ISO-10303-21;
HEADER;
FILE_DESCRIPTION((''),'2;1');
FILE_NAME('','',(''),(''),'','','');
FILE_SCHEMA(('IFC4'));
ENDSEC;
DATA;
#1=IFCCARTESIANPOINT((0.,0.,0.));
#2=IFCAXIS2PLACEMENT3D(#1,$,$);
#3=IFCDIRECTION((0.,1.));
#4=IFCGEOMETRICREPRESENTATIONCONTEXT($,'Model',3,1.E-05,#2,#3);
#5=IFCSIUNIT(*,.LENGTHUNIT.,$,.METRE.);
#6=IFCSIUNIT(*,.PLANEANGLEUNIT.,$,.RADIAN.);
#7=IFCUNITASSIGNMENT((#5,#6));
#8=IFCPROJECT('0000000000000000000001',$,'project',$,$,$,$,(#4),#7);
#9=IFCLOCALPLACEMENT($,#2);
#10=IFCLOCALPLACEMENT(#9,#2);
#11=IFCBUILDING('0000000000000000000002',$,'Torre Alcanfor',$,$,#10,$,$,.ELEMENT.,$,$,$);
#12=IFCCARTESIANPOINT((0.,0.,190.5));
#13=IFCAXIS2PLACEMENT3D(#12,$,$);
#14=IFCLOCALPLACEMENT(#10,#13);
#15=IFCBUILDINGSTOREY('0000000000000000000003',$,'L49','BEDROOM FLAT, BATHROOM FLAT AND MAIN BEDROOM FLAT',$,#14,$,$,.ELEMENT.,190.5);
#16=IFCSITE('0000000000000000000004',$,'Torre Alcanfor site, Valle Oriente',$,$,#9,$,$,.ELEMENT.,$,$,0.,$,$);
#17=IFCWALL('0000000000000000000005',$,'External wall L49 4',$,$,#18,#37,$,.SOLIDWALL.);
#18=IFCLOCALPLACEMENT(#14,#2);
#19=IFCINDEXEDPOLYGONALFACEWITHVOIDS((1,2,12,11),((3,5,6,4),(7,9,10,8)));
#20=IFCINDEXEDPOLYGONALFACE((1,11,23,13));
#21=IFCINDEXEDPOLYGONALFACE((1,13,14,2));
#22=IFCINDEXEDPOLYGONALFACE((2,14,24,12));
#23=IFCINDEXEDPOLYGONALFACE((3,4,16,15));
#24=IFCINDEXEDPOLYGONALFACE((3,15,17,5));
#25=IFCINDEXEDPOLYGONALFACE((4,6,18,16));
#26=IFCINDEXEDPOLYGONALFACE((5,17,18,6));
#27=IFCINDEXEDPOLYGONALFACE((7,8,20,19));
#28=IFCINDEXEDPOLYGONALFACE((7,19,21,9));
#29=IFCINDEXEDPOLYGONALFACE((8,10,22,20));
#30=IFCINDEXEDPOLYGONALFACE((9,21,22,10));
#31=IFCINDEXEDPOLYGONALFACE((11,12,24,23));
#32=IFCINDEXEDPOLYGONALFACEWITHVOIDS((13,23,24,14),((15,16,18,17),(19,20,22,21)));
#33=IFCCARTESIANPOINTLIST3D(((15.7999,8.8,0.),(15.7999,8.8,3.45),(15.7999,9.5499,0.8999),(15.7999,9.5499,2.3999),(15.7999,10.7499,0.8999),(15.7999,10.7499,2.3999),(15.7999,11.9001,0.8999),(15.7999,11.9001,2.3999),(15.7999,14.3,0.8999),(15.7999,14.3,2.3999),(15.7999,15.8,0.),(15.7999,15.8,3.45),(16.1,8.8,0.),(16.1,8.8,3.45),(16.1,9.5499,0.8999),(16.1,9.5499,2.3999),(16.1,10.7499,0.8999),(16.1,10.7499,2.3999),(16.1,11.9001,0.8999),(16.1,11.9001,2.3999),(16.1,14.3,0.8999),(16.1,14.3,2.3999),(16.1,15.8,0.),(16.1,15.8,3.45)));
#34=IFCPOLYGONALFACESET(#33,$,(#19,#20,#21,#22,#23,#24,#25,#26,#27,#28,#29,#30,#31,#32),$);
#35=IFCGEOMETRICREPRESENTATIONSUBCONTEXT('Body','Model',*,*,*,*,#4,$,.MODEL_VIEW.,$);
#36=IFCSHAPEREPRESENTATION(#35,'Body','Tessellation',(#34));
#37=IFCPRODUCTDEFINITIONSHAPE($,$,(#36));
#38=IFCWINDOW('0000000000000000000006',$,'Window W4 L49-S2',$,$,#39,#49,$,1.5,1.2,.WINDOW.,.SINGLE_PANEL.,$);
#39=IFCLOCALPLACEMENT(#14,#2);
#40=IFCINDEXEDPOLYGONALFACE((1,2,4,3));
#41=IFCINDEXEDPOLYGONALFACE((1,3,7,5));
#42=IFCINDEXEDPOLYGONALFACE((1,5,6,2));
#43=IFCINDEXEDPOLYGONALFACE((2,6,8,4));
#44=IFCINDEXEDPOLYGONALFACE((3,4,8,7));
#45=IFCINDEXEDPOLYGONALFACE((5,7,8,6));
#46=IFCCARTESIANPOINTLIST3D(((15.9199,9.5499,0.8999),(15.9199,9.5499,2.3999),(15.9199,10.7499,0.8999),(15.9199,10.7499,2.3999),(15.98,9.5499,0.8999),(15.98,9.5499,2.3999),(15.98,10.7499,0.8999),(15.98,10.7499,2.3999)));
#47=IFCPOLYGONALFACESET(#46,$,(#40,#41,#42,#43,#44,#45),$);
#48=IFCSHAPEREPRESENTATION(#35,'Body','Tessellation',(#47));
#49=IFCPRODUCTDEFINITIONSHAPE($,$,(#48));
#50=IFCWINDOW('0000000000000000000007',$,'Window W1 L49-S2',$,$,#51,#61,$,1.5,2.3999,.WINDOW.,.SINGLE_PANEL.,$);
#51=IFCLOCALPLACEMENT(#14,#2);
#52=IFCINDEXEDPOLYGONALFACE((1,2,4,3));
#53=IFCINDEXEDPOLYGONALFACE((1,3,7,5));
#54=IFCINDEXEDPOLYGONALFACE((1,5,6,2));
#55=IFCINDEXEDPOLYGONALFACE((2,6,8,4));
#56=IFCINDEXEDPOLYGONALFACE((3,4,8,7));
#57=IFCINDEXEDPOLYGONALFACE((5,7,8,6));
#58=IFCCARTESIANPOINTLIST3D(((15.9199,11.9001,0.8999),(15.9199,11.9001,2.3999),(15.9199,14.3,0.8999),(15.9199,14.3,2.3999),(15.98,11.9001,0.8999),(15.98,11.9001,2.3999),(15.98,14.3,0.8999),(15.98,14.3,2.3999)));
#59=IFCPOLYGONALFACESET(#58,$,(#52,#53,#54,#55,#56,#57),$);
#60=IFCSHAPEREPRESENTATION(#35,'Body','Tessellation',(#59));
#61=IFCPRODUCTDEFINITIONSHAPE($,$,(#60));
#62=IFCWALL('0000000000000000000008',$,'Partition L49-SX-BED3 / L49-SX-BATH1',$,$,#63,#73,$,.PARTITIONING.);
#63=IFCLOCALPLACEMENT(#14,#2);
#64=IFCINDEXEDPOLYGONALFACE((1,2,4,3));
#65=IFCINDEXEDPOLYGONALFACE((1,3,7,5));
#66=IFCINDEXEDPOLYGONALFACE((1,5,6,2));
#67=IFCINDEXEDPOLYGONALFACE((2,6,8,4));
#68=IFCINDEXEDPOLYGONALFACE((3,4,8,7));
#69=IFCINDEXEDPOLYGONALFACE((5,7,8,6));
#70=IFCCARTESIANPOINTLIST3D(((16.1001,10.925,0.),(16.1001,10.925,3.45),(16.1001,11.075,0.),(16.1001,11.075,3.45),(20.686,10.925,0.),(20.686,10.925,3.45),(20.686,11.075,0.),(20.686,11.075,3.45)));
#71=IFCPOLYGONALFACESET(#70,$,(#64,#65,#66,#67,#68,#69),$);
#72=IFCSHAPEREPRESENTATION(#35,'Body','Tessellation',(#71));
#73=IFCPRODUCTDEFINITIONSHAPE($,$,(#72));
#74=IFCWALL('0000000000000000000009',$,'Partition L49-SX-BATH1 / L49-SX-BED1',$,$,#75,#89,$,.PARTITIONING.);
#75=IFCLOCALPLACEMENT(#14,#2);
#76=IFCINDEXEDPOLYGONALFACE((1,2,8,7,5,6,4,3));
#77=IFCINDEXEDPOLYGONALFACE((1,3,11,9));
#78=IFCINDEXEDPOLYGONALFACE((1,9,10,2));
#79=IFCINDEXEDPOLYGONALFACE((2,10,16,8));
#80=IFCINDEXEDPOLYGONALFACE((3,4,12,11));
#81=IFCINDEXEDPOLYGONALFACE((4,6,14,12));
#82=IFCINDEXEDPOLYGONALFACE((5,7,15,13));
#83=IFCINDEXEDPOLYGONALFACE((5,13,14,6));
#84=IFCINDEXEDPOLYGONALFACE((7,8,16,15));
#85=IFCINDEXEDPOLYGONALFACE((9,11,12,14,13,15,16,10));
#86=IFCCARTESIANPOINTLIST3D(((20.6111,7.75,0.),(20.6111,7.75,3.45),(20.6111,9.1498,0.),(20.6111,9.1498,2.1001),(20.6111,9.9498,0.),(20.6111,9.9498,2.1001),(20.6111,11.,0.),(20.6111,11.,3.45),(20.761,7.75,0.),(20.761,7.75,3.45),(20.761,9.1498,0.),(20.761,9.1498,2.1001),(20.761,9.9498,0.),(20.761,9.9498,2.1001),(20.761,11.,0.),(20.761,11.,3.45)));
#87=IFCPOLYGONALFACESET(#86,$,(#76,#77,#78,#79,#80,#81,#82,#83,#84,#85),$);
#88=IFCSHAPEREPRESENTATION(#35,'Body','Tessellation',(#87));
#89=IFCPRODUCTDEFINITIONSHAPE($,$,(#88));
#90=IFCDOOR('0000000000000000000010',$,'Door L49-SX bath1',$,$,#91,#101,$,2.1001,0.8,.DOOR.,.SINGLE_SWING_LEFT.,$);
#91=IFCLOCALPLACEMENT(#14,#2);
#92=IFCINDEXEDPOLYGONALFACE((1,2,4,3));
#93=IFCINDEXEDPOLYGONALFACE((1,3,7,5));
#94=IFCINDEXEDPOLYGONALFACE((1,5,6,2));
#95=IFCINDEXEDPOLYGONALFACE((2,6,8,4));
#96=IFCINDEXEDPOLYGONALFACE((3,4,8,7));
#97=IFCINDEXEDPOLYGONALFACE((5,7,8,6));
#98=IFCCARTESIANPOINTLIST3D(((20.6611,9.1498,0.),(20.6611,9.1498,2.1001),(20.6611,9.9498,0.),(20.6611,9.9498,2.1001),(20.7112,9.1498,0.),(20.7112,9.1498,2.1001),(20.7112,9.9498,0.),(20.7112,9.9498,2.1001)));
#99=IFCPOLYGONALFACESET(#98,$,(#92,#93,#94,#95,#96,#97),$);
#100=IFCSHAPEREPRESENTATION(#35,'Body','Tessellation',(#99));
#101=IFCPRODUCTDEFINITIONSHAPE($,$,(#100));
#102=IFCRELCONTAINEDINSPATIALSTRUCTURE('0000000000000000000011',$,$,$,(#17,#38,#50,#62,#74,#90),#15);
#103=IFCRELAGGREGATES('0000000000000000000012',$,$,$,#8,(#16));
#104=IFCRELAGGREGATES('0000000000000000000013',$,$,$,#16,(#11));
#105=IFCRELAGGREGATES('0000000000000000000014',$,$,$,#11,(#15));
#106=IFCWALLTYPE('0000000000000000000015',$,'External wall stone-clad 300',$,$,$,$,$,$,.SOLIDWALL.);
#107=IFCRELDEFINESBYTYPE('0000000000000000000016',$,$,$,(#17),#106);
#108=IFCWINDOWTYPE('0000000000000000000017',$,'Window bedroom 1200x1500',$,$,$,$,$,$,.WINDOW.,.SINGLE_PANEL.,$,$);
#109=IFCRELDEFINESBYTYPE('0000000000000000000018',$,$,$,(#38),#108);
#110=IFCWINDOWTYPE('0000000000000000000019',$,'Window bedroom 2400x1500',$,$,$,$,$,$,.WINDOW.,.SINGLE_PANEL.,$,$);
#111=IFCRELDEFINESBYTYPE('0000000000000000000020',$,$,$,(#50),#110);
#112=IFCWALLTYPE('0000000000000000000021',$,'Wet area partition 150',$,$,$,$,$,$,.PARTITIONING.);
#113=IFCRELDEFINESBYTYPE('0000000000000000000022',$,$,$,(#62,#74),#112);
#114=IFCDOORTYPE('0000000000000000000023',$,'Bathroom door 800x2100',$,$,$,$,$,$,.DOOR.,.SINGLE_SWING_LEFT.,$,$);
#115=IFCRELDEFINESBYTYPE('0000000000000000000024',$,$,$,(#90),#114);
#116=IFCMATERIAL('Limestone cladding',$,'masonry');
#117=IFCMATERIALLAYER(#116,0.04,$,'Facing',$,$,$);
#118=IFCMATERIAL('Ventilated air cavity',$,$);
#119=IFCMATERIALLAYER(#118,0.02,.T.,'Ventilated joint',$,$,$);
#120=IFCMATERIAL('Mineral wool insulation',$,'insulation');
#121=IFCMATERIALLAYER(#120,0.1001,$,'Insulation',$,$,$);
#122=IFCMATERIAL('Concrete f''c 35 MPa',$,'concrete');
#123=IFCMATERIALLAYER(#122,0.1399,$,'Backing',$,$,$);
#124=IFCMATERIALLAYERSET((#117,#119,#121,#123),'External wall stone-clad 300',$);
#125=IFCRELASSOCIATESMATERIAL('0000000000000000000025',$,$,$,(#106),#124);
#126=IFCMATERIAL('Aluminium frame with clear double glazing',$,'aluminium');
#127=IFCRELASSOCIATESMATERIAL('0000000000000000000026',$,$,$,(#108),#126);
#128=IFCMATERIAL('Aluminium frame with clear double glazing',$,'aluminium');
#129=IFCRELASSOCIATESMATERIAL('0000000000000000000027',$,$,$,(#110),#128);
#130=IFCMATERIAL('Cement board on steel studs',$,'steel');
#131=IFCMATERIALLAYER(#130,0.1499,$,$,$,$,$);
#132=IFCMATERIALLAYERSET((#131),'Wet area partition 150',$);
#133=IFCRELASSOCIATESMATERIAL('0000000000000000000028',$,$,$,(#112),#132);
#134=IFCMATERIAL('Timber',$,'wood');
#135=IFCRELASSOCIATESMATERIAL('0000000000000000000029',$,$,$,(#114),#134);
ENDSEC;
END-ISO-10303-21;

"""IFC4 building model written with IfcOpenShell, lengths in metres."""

from ifc_helpers import new_model, si_unit, direction, frame, frame_2d, origin, place, context, subcontext, project, spatial, rectangle, extrude, material, layer, layer_set, type_object, element, fill, save


model = new_model("IFC4")

# Units and contexts
model_context = context("Model", 3, precision=1e-05, world=origin(), true_north=direction((0.0, 1.0)))
body_context = subcontext(model_context, "Body", "Model", "MODEL_VIEW")
ifc_project = project(units=[si_unit("LENGTHUNIT", "METRE"), si_unit("PLANEANGLEUNIT", "RADIAN")], contexts=[model_context])

# Site, building, storey
site_placement = place(None, origin())
site = spatial("IfcSite", under=ifc_project, at=site_placement, Name="Torre Alcanfor site, Valle Oriente", CompositionType="ELEMENT", RefElevation=0.0)
building_placement = place(site_placement, origin())
building = spatial("IfcBuilding", under=site, at=building_placement, Name="Torre Alcanfor", CompositionType="ELEMENT")
storey_placement = place(building_placement, frame((0.0, 0.0, 190.5)))
storey = spatial("IfcBuildingStorey", under=building, at=storey_placement, Name="L49", Description="BEDROOM FLAT, BATHROOM FLAT AND MAIN BEDROOM FLAT", CompositionType="ELEMENT", Elevation=190.5)

# Wall, openings, windows
ifc_material_1 = material(Name="Limestone cladding", Category="masonry")
ifc_layer_1 = layer(ifc_material_1, 0.04, Name="Facing")
ifc_material_2 = material(Name="Ventilated air cavity")
ifc_layer_2 = layer(ifc_material_2, 0.02, ventilated=True, Name="Ventilated joint")
ifc_material_3 = material(Name="Mineral wool insulation", Category="insulation")
ifc_layer_3 = layer(ifc_material_3, 0.1001, Name="Insulation")
ifc_material_4 = material(Name="Concrete f'c 35 MPa", Category="concrete")
ifc_layer_4 = layer(ifc_material_4, 0.1399, Name="Backing")
ifc_layer_set_1 = layer_set([ifc_layer_1, ifc_layer_2, ifc_layer_3, ifc_layer_4], Name="External wall stone-clad 300")
wall_type_1 = type_object("IfcWallType", Name="External wall stone-clad 300", PredefinedType="SOLIDWALL", material=ifc_layer_set_1)
wall_1_placement = place(storey_placement, frame((15.95, 15.8, 0.0), z_axis=(0.0, 0.0, 1.0), x_axis=(0.0, -1.0, 0.0)))
wall_1 = element("IfcWall", 1, at=wall_1_placement, inside=storey, type_object=wall_type_1, Name="External wall L49 4", PredefinedType="SOLIDWALL", context=body_context, shape_type="SweptSolid", body=[
    extrude(rectangle(XDim=7.0, YDim=0.3, at=frame_2d((3.5, 0.0))), origin(), (0.0, 0.0, 1.0), 3.45),
])
opening_1_placement = place(wall_1_placement, frame((1.5, 0.0, 0.8999)))
opening_1 = element("IfcOpeningElement", 2, at=opening_1_placement, cuts=wall_1, PredefinedType="OPENING", context=body_context, shape_type="SweptSolid", body=[
    extrude(rectangle(XDim=2.3999, YDim=1.5, at=frame_2d((1.2, 0.75))), frame((0.0, 0.1599, 0.0), z_axis=(0.0, -1.0, 0.0), x_axis=(1.0, 0.0, 0.0)), (0.0, 0.0, 1.0), 0.3201),
])
opening_2_placement = place(wall_1_placement, frame((5.05, 0.0, 0.8999)))
opening_2 = element("IfcOpeningElement", 3, at=opening_2_placement, cuts=wall_1, PredefinedType="OPENING", context=body_context, shape_type="SweptSolid", body=[
    extrude(rectangle(XDim=1.2, YDim=1.5, at=frame_2d((0.6001, 0.75))), frame((0.0, 0.1599, 0.0), z_axis=(0.0, -1.0, 0.0), x_axis=(1.0, 0.0, 0.0)), (0.0, 0.0, 1.0), 0.3201),
])
ifc_material_5 = material(Name="Aluminium frame with clear double glazing", Category="aluminium")
window_type_1 = type_object("IfcWindowType", Name="Window bedroom 1200x1500", PartitioningType="SINGLE_PANEL", PredefinedType="WINDOW", material=ifc_material_5)
window_1_placement = place(opening_2_placement, origin())
window_1 = element("IfcWindow", 4, at=window_1_placement, inside=storey, type_object=window_type_1, Name="Window W4 L49-S2", OverallHeight=1.5, OverallWidth=1.2, PartitioningType="SINGLE_PANEL", PredefinedType="WINDOW", context=body_context, shape_type="SweptSolid", body=[
    extrude(rectangle(XDim=1.2, YDim=1.5, at=frame_2d((0.6001, 0.75))), frame((0.0, 0.03, 0.0), z_axis=(0.0, -1.0, 0.0), x_axis=(1.0, 0.0, 0.0)), (0.0, 0.0, 1.0), 0.0601),
])
fill(opening_2, window_1)
ifc_material_6 = material(Name="Aluminium frame with clear double glazing", Category="aluminium")
window_type_2 = type_object("IfcWindowType", Name="Window bedroom 2400x1500", PartitioningType="SINGLE_PANEL", PredefinedType="WINDOW", material=ifc_material_6)
window_2_placement = place(opening_1_placement, origin())
window_2 = element("IfcWindow", 5, at=window_2_placement, inside=storey, type_object=window_type_2, Name="Window W1 L49-S2", OverallHeight=1.5, OverallWidth=2.3999, PartitioningType="SINGLE_PANEL", PredefinedType="WINDOW", context=body_context, shape_type="SweptSolid", body=[
    extrude(rectangle(XDim=2.3999, YDim=1.5, at=frame_2d((1.2, 0.75))), frame((0.0, 0.03, 0.0), z_axis=(0.0, -1.0, 0.0), x_axis=(1.0, 0.0, 0.0)), (0.0, 0.0, 1.0), 0.0601),
])
fill(opening_1, window_2)

# Wall
ifc_material_7 = material(Name="Cement board on steel studs", Category="steel")
ifc_layer_5 = layer(ifc_material_7, 0.1499)
ifc_layer_set_2 = layer_set([ifc_layer_5], Name="Wet area partition 150")
wall_type_2 = type_object("IfcWallType", Name="Wet area partition 150", PredefinedType="PARTITIONING", material=ifc_layer_set_2)
wall_2_placement = place(storey_placement, frame((16.1001, 11.0, 0.0), z_axis=(0.0, 0.0, 1.0), x_axis=(1.0, 0.0, 0.0)))
element("IfcWall", 6, at=wall_2_placement, inside=storey, type_object=wall_type_2, Name="Partition L49-SX-BED3 / L49-SX-BATH1", PredefinedType="PARTITIONING", context=body_context, shape_type="SweptSolid", body=[
    extrude(rectangle(XDim=4.5859, YDim=0.1499, at=frame_2d((2.293, 0.0))), origin(), (0.0, 0.0, 1.0), 3.45),
])

# Wall, opening, door
wall_3_placement = place(storey_placement, frame((20.686, 7.75, 0.0), z_axis=(0.0, 0.0, 1.0), x_axis=(0.0, 1.0, 0.0)))
wall_3 = element("IfcWall", 7, at=wall_3_placement, inside=storey, type_object=wall_type_2, Name="Partition L49-SX-BATH1 / L49-SX-BED1", PredefinedType="PARTITIONING", context=body_context, shape_type="SweptSolid", body=[
    extrude(rectangle(XDim=3.25, YDim=0.1499, at=frame_2d((1.625, 0.0))), origin(), (0.0, 0.0, 1.0), 3.45),
])
opening_3_placement = place(wall_3_placement, frame((1.3999, 0.0, 0.0)))
opening_3 = element("IfcOpeningElement", 8, at=opening_3_placement, cuts=wall_3, PredefinedType="OPENING", context=body_context, shape_type="SweptSolid", body=[
    extrude(rectangle(XDim=0.8, YDim=2.1001, at=frame_2d((0.3999, 1.05))), frame((0.0, 0.085, 0.0), z_axis=(0.0, -1.0, 0.0), x_axis=(1.0, 0.0, 0.0)), (0.0, 0.0, 1.0), 0.1699),
])
ifc_material_8 = material(Name="Timber", Category="wood")
door_type_1 = type_object("IfcDoorType", Name="Bathroom door 800x2100", OperationType="SINGLE_SWING_LEFT", PredefinedType="DOOR", material=ifc_material_8)
door_1_placement = place(opening_3_placement, frame((0.8, 0.0, 0.0), z_axis=(0.0, 0.0, 1.0), x_axis=(-1.0, 0.0, 0.0)))
door_1 = element("IfcDoor", 9, at=door_1_placement, inside=storey, type_object=door_type_1, Name="Door L49-SX bath1", OperationType="SINGLE_SWING_LEFT", OverallHeight=2.1001, OverallWidth=0.8, PredefinedType="DOOR", context=body_context, shape_type="SweptSolid", body=[
    extrude(rectangle(XDim=0.8, YDim=2.1001, at=frame_2d((0.4001, 1.05))), frame((0.0, 0.0251, 0.0), z_axis=(0.0, -1.0, 0.0), x_axis=(1.0, 0.0, 0.0)), (0.0, 0.0, 1.0), 0.05),
])
fill(opening_3, door_1)

save(model, "model.ifc")
